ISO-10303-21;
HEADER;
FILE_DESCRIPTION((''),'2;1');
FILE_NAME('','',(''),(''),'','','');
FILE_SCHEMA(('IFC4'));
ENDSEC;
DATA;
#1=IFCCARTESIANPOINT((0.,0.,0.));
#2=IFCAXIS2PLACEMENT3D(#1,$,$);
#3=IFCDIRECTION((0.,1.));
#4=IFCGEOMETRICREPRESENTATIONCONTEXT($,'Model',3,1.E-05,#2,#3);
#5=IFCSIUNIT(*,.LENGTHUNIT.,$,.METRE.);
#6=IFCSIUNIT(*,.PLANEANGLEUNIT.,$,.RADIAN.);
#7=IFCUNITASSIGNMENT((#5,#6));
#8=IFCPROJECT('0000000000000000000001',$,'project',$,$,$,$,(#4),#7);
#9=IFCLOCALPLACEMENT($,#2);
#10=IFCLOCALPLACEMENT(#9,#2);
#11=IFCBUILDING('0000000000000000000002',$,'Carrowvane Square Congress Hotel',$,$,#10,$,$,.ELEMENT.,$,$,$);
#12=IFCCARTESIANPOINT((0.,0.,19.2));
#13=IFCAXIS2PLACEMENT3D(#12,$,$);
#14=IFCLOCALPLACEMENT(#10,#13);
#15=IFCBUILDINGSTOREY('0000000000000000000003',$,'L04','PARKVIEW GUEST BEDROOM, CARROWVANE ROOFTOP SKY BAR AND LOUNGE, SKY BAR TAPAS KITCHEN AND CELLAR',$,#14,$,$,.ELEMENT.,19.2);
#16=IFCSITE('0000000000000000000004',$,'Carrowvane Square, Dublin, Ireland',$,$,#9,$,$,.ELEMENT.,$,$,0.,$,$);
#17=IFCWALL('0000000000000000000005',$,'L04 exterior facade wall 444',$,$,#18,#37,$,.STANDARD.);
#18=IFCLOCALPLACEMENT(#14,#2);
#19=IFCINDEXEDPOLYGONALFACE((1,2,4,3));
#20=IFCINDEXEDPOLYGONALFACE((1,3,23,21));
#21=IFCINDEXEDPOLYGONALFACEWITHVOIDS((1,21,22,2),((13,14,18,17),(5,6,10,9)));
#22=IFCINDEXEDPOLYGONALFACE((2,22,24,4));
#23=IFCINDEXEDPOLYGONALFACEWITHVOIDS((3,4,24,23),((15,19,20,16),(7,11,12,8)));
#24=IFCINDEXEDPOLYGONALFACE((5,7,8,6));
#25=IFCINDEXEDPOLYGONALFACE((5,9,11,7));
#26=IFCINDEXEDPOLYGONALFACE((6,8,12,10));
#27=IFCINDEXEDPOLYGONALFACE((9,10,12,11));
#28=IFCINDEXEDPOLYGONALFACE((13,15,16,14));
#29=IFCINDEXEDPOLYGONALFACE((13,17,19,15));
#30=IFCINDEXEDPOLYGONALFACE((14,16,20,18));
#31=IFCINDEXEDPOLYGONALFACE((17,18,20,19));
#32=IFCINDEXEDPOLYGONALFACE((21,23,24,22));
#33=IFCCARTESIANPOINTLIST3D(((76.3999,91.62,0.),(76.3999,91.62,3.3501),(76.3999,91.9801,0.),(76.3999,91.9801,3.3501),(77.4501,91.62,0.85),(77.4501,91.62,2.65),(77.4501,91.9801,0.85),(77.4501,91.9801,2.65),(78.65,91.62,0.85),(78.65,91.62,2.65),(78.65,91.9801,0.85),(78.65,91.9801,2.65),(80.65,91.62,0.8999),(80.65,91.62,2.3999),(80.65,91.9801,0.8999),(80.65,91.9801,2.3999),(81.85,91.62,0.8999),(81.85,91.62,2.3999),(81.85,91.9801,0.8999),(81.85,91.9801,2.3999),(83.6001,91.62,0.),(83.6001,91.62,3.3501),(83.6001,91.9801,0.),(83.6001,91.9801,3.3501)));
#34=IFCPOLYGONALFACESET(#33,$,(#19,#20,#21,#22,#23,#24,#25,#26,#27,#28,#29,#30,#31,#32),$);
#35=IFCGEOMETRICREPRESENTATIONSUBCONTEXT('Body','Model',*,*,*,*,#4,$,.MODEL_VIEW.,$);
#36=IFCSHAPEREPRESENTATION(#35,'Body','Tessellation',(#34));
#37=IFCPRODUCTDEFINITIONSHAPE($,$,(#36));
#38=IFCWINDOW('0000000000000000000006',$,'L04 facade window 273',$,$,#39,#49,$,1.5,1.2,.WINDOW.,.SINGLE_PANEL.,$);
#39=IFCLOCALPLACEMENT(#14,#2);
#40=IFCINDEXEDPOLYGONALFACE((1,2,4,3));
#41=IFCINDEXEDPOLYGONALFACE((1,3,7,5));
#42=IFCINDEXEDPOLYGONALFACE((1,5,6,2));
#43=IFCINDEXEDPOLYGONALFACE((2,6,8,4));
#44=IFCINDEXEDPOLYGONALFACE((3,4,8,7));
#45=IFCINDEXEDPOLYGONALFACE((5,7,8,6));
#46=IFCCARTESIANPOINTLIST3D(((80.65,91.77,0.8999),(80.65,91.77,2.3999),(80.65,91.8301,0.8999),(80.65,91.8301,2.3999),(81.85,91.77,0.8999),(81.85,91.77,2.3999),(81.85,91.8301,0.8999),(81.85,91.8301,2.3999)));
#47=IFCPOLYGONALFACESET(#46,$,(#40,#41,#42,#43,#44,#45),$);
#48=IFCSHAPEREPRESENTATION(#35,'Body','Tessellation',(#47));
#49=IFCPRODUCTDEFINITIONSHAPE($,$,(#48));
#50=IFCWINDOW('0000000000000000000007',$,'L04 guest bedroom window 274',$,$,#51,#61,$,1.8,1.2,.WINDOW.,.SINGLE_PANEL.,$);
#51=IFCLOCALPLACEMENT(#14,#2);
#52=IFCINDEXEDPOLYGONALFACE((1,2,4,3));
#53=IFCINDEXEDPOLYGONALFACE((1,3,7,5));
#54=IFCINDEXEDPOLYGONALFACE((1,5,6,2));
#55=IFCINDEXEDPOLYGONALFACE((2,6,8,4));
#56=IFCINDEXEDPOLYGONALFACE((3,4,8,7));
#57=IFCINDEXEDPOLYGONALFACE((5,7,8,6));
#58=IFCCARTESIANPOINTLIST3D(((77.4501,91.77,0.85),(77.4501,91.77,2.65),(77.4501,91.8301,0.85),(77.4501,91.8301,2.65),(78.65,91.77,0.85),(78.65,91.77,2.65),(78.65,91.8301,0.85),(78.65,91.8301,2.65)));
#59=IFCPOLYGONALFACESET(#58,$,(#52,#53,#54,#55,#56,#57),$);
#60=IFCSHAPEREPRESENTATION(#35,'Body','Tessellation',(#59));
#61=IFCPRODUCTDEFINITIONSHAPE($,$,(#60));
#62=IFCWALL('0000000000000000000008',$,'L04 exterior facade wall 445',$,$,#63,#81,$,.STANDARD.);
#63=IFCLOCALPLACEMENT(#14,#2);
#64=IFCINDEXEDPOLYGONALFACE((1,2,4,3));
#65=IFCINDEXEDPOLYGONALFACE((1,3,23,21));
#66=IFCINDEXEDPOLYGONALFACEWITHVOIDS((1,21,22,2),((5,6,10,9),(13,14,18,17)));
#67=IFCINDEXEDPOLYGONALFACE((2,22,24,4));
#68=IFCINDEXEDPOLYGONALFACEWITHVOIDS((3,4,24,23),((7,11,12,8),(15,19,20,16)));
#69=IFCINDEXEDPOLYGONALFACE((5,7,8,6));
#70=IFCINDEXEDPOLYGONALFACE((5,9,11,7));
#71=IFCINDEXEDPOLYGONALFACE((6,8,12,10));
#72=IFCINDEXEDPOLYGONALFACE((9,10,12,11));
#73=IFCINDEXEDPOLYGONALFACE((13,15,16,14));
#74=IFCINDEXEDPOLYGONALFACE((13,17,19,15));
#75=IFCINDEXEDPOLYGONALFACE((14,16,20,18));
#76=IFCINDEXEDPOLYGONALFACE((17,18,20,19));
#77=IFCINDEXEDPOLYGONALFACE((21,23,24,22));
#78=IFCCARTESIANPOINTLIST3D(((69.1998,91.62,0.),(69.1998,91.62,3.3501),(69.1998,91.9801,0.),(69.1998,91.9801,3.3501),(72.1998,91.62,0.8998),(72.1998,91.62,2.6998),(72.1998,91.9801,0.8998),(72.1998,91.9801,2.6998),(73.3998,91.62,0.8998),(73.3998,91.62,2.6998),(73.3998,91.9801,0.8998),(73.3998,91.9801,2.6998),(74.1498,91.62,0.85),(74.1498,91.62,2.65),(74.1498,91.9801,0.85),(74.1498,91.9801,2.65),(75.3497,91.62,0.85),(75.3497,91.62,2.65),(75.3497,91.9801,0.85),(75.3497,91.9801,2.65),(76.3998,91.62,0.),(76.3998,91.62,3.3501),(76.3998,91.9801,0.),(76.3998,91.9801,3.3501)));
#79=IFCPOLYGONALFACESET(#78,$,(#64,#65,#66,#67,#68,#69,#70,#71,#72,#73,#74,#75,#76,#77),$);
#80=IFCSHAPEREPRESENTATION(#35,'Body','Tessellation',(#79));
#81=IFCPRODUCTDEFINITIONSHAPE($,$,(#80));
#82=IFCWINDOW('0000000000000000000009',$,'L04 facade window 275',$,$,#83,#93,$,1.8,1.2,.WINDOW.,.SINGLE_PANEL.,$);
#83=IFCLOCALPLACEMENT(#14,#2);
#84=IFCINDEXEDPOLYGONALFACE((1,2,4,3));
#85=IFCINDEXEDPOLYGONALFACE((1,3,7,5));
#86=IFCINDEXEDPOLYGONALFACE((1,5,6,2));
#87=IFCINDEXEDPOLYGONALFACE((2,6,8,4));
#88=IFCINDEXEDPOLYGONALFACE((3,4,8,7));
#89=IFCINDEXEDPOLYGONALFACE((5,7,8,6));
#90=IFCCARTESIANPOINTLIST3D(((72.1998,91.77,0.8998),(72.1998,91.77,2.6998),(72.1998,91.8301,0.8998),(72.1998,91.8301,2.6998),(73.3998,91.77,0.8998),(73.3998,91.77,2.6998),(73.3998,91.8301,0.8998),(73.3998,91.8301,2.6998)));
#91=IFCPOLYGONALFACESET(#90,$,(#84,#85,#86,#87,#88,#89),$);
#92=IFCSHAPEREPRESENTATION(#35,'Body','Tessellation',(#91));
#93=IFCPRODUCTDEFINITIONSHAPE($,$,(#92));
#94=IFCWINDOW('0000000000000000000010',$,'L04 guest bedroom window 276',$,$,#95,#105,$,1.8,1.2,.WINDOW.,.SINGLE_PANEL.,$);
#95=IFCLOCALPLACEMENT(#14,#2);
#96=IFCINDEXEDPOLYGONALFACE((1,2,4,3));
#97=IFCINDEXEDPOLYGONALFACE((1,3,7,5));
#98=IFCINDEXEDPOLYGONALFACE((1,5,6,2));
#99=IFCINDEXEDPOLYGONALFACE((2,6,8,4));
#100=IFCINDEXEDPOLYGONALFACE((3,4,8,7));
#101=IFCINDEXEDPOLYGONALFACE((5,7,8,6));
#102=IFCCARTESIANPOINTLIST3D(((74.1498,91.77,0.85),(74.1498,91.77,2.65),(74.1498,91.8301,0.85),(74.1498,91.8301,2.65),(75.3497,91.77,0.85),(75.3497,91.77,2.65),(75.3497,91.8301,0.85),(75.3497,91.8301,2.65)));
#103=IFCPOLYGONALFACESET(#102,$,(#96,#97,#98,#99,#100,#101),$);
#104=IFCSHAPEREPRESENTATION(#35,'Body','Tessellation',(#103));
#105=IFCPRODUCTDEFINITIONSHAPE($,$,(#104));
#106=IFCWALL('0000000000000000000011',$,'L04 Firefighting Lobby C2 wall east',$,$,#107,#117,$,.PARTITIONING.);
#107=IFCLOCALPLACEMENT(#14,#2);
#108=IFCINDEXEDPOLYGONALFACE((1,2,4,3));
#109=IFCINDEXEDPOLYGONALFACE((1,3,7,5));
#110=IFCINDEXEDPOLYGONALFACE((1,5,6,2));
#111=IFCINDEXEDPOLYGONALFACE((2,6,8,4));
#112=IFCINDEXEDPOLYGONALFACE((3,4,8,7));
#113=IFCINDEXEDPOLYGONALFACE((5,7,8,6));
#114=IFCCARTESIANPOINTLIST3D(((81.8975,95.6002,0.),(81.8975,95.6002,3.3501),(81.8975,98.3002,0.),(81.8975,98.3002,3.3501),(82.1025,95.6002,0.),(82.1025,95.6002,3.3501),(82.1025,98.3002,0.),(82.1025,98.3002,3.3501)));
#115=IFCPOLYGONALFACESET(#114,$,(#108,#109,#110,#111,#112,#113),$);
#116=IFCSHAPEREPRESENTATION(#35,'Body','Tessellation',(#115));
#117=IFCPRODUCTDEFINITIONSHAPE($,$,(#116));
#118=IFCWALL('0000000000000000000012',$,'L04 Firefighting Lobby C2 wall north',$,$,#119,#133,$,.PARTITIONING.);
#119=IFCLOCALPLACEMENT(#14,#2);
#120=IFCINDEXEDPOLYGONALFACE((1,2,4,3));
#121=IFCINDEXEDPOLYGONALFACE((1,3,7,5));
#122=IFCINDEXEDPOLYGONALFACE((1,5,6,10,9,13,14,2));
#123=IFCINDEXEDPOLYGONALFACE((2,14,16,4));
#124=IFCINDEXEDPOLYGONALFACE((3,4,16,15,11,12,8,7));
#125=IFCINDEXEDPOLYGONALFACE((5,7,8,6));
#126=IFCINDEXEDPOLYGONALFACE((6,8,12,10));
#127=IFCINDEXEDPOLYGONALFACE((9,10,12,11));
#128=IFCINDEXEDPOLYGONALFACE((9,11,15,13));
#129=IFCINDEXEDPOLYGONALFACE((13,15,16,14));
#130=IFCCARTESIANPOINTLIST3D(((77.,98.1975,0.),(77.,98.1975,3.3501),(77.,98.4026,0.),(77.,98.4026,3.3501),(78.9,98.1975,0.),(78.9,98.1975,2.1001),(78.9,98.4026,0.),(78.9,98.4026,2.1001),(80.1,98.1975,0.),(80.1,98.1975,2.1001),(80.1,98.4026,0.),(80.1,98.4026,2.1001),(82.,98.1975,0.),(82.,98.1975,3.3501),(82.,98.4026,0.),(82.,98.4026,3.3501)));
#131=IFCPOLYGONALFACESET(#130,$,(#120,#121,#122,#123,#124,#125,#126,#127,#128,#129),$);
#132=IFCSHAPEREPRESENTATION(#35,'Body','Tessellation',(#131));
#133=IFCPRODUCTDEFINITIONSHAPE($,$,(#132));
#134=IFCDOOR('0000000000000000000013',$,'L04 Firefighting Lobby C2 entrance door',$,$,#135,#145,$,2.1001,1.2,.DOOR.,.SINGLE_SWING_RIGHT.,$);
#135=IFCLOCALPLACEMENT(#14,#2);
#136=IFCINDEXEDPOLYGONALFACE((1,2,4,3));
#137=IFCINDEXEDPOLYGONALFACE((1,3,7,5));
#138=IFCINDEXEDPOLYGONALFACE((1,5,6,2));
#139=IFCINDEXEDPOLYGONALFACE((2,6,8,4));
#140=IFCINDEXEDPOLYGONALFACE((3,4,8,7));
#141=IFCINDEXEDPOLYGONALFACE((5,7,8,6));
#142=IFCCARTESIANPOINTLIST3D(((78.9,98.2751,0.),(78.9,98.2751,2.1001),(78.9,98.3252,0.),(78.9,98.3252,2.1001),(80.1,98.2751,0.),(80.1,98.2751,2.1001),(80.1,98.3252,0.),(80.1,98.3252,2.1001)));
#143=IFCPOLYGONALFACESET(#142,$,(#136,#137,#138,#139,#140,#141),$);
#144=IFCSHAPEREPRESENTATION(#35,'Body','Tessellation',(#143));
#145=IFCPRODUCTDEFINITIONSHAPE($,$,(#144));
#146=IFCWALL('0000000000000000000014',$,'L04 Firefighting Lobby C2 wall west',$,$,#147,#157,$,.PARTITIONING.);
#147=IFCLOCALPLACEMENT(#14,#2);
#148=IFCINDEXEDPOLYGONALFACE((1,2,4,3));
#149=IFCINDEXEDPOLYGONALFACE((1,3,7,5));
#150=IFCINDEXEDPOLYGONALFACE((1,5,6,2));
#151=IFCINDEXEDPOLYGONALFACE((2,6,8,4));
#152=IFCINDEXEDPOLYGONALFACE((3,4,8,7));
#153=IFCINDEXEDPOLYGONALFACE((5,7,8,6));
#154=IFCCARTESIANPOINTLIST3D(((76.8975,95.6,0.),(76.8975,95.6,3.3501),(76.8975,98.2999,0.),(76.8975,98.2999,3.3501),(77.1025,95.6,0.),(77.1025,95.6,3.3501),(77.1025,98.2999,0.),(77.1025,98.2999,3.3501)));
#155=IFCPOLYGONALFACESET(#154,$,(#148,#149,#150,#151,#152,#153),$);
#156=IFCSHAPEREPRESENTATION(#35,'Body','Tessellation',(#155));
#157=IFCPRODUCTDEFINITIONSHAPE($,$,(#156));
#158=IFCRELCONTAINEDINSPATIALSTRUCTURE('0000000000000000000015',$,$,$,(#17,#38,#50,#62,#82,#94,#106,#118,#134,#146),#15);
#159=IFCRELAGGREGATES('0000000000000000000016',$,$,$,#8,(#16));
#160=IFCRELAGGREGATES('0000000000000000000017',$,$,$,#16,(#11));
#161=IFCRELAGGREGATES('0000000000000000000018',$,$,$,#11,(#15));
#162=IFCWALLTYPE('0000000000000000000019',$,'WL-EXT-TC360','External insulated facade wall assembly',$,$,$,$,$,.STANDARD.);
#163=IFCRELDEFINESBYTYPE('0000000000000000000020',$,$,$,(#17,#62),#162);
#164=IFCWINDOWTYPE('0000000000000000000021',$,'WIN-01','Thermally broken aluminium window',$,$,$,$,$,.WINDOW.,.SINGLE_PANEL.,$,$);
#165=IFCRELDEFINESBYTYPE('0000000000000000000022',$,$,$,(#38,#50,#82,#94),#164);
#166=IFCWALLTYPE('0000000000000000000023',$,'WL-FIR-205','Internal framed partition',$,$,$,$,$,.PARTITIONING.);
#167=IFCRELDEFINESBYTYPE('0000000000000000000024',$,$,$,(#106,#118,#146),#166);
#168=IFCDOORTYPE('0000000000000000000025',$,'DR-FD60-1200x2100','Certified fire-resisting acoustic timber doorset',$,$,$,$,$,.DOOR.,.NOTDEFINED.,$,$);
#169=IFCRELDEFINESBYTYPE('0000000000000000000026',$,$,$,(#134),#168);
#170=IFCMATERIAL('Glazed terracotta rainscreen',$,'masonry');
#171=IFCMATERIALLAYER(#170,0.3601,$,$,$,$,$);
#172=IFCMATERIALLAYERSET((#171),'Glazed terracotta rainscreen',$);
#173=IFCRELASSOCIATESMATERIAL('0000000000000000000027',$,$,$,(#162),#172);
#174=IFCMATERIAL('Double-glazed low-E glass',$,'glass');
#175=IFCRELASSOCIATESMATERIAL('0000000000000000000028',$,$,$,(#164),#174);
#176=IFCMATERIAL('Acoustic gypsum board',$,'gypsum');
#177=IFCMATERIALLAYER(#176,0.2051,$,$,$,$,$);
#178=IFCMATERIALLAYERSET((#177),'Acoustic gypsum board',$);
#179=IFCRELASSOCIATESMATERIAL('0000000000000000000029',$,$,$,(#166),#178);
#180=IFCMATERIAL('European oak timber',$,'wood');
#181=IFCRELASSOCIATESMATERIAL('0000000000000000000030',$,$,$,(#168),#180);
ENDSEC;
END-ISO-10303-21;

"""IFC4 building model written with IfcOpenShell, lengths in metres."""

from ifc_helpers import new_model, si_unit, direction, frame, frame_2d, origin, place, context, subcontext, project, spatial, rectangle, extrude, material, layer, layer_set, type_object, element, fill, save


model = new_model("IFC4")

# Units and contexts
model_context = context("Model", 3, precision=1e-05, world=origin(), true_north=direction((0.0, 1.0)))
body_context = subcontext(model_context, "Body", "Model", "MODEL_VIEW")
ifc_project = project(units=[si_unit("LENGTHUNIT", "METRE"), si_unit("PLANEANGLEUNIT", "RADIAN")], contexts=[model_context])

# Site, building, storey
site_placement = place(None, origin())
site = spatial("IfcSite", under=ifc_project, at=site_placement, Name="Carrowvane Square, Dublin, Ireland", CompositionType="ELEMENT", RefElevation=0.0)
building_placement = place(site_placement, origin())
building = spatial("IfcBuilding", under=site, at=building_placement, Name="Carrowvane Square Congress Hotel", CompositionType="ELEMENT")
storey_placement = place(building_placement, frame((0.0, 0.0, 19.2)))
storey = spatial("IfcBuildingStorey", under=building, at=storey_placement, Name="L04", Description="PARKVIEW GUEST BEDROOM, CARROWVANE ROOFTOP SKY BAR AND LOUNGE, SKY BAR TAPAS KITCHEN AND CELLAR", CompositionType="ELEMENT", Elevation=19.2)

# Walls, openings, windows
ifc_material_1 = material(Name="Glazed terracotta rainscreen", Category="masonry")
ifc_layer_1 = layer(ifc_material_1, 0.3601)
ifc_layer_set_1 = layer_set([ifc_layer_1], Name="Glazed terracotta rainscreen")
wall_type_1 = type_object("IfcWallType", Name="WL-EXT-TC360", Description="External insulated facade wall assembly", PredefinedType="STANDARD", material=ifc_layer_set_1)
wall_1_placement = place(storey_placement, frame((83.6001, 91.8, 0.0), z_axis=(0.0, 0.0, 1.0), x_axis=(-1.0, 0.0, 0.0)))
wall_1 = element("IfcWall", 1, at=wall_1_placement, inside=storey, type_object=wall_type_1, Name="L04 exterior facade wall 444", PredefinedType="STANDARD", context=body_context, shape_type="SweptSolid", body=[
    extrude(rectangle(XDim=7.2002, YDim=0.3601, at=frame_2d((3.6001, 0.0))), origin(), (0.0, 0.0, 1.0), 3.3501),
])
opening_1_placement = place(wall_1_placement, frame((1.75, 0.0, 0.8999)))
opening_1 = element("IfcOpeningElement", 2, at=opening_1_placement, cuts=wall_1, PredefinedType="OPENING", context=body_context, shape_type="SweptSolid", body=[
    extrude(rectangle(XDim=1.2, YDim=1.5, at=frame_2d((0.6001, 0.75))), frame((0.0, 0.1899, 0.0), z_axis=(0.0, -1.0, 0.0), x_axis=(1.0, 0.0, 0.0)), (0.0, 0.0, 1.0), 0.3801),
])
opening_2_placement = place(wall_1_placement, frame((4.95, 0.0, 0.8501)))
opening_2 = element("IfcOpeningElement", 3, at=opening_2_placement, cuts=wall_1, PredefinedType="OPENING", context=body_context, shape_type="SweptSolid", body=[
    extrude(rectangle(XDim=1.2, YDim=1.8, at=frame_2d((0.6001, 0.8999))), frame((0.0, 0.1899, 0.0), z_axis=(0.0, -1.0, 0.0), x_axis=(1.0, 0.0, 0.0)), (0.0, 0.0, 1.0), 0.3801),
])
ifc_material_2 = material(Name="Double-glazed low-E glass", Category="glass")
window_type = type_object("IfcWindowType", Name="WIN-01", Description="Thermally broken aluminium window", PartitioningType="SINGLE_PANEL", PredefinedType="WINDOW", material=ifc_material_2)
window_1_placement = place(opening_1_placement, origin())
window_1 = element("IfcWindow", 4, at=window_1_placement, inside=storey, type_object=window_type, Name="L04 facade window 273", OverallHeight=1.5, OverallWidth=1.2, PartitioningType="SINGLE_PANEL", PredefinedType="WINDOW", context=body_context, shape_type="SweptSolid", body=[
    extrude(rectangle(XDim=1.2, YDim=1.5, at=frame_2d((0.6001, 0.75))), frame((0.0, 0.03, 0.0), z_axis=(0.0, -1.0, 0.0), x_axis=(1.0, 0.0, 0.0)), (0.0, 0.0, 1.0), 0.0601),
])
fill(opening_1, window_1)
window_2_placement = place(opening_2_placement, origin())
window_2 = element("IfcWindow", 5, at=window_2_placement, inside=storey, type_object=window_type, Name="L04 guest bedroom window 274", OverallHeight=1.8, OverallWidth=1.2, PartitioningType="SINGLE_PANEL", PredefinedType="WINDOW", context=body_context, shape_type="SweptSolid", body=[
    extrude(rectangle(XDim=1.2, YDim=1.8, at=frame_2d((0.6001, 0.8999))), frame((0.0, 0.03, 0.0), z_axis=(0.0, -1.0, 0.0), x_axis=(1.0, 0.0, 0.0)), (0.0, 0.0, 1.0), 0.0601),
])
fill(opening_2, window_2)
wall_2_placement = place(storey_placement, frame((76.3999, 91.8, 0.0), z_axis=(0.0, 0.0, 1.0), x_axis=(-1.0, 0.0, 0.0)))
wall_2 = element("IfcWall", 6, at=wall_2_placement, inside=storey, type_object=wall_type_1, Name="L04 exterior facade wall 445", PredefinedType="STANDARD", context=body_context, shape_type="SweptSolid", body=[
    extrude(rectangle(XDim=7.2, YDim=0.3601, at=frame_2d((3.6001, 0.0))), origin(), (0.0, 0.0, 1.0), 3.3501),
])
opening_3_placement = place(wall_2_placement, frame((3.0, 0.0, 0.8999)))
opening_3 = element("IfcOpeningElement", 7, at=opening_3_placement, cuts=wall_2, PredefinedType="OPENING", context=body_context, shape_type="SweptSolid", body=[
    extrude(rectangle(XDim=1.2, YDim=1.8, at=frame_2d((0.6001, 0.8999))), frame((0.0, 0.1899, 0.0), z_axis=(0.0, -1.0, 0.0), x_axis=(1.0, 0.0, 0.0)), (0.0, 0.0, 1.0), 0.3801),
])
opening_4_placement = place(wall_2_placement, frame((1.05, 0.0, 0.8501)))
opening_4 = element("IfcOpeningElement", 8, at=opening_4_placement, cuts=wall_2, PredefinedType="OPENING", context=body_context, shape_type="SweptSolid", body=[
    extrude(rectangle(XDim=1.2, YDim=1.8, at=frame_2d((0.6001, 0.8999))), frame((0.0, 0.1899, 0.0), z_axis=(0.0, -1.0, 0.0), x_axis=(1.0, 0.0, 0.0)), (0.0, 0.0, 1.0), 0.3801),
])
window_3_placement = place(opening_3_placement, origin())
window_3 = element("IfcWindow", 9, at=window_3_placement, inside=storey, type_object=window_type, Name="L04 facade window 275", OverallHeight=1.8, OverallWidth=1.2, PartitioningType="SINGLE_PANEL", PredefinedType="WINDOW", context=body_context, shape_type="SweptSolid", body=[
    extrude(rectangle(XDim=1.2, YDim=1.8, at=frame_2d((0.6001, 0.8999))), frame((0.0, 0.03, 0.0), z_axis=(0.0, -1.0, 0.0), x_axis=(1.0, 0.0, 0.0)), (0.0, 0.0, 1.0), 0.0601),
])
fill(opening_3, window_3)
window_4_placement = place(opening_4_placement, origin())
window_4 = element("IfcWindow", 10, at=window_4_placement, inside=storey, type_object=window_type, Name="L04 guest bedroom window 276", OverallHeight=1.8, OverallWidth=1.2, PartitioningType="SINGLE_PANEL", PredefinedType="WINDOW", context=body_context, shape_type="SweptSolid", body=[
    extrude(rectangle(XDim=1.2, YDim=1.8, at=frame_2d((0.6001, 0.8999))), frame((0.0, 0.03, 0.0), z_axis=(0.0, -1.0, 0.0), x_axis=(1.0, 0.0, 0.0)), (0.0, 0.0, 1.0), 0.0601),
])
fill(opening_4, window_4)

# Wall
ifc_material_3 = material(Name="Acoustic gypsum board", Category="gypsum")
ifc_layer_2 = layer(ifc_material_3, 0.2051)
ifc_layer_set_2 = layer_set([ifc_layer_2], Name="Acoustic gypsum board")
wall_type_2 = type_object("IfcWallType", Name="WL-FIR-205", Description="Internal framed partition", PredefinedType="PARTITIONING", material=ifc_layer_set_2)
wall_3_placement = place(storey_placement, frame((82.0, 95.6001, 0.0), z_axis=(0.0, 0.0, 1.0), x_axis=(0.0, 1.0, 0.0)))
element("IfcWall", 11, at=wall_3_placement, inside=storey, type_object=wall_type_2, Name="L04 Firefighting Lobby C2 wall east", PredefinedType="PARTITIONING", context=body_context, shape_type="SweptSolid", body=[
    extrude(rectangle(XDim=2.7, YDim=0.2051, at=frame_2d((1.3501, 0.0))), origin(), (0.0, 0.0, 1.0), 3.3501),
])

# Wall, opening, door
wall_4_placement = place(storey_placement, frame((82.0, 98.3, 0.0), z_axis=(0.0, 0.0, 1.0), x_axis=(-1.0, 0.0, 0.0)))
wall_4 = element("IfcWall", 12, at=wall_4_placement, inside=storey, type_object=wall_type_2, Name="L04 Firefighting Lobby C2 wall north", PredefinedType="PARTITIONING", context=body_context, shape_type="SweptSolid", body=[
    extrude(rectangle(XDim=5.0, YDim=0.2051, at=frame_2d((2.5, 0.0))), origin(), (0.0, 0.0, 1.0), 3.3501),
])
opening_5_placement = place(wall_4_placement, frame((1.8999, 0.0, 0.0)))
opening_5 = element("IfcOpeningElement", 13, at=opening_5_placement, cuts=wall_4, PredefinedType="OPENING", context=body_context, shape_type="SweptSolid", body=[
    extrude(rectangle(XDim=1.2, YDim=2.1001, at=frame_2d((0.6001, 1.05))), frame((0.0, 0.1125, 0.0), z_axis=(0.0, -1.0, 0.0), x_axis=(1.0, 0.0, 0.0)), (0.0, 0.0, 1.0), 0.2251),
])
ifc_material_4 = material(Name="European oak timber", Category="wood")
door_type_1 = type_object("IfcDoorType", Name="DR-FD60-1200x2100", Description="Certified fire-resisting acoustic timber doorset", OperationType="NOTDEFINED", PredefinedType="DOOR", material=ifc_material_4)
door_1_placement = place(opening_5_placement, origin())
door_1 = element("IfcDoor", 14, at=door_1_placement, inside=storey, type_object=door_type_1, Name="L04 Firefighting Lobby C2 entrance door", OperationType="SINGLE_SWING_RIGHT", OverallHeight=2.1001, OverallWidth=1.2, PredefinedType="DOOR", context=body_context, shape_type="SweptSolid", body=[
    extrude(rectangle(XDim=1.2, YDim=2.1001, at=frame_2d((0.6001, 1.05))), frame((0.0, 0.0249, 0.0), z_axis=(0.0, -1.0, 0.0), x_axis=(1.0, 0.0, 0.0)), (0.0, 0.0, 1.0), 0.05),
])
fill(opening_5, door_1)

# Wall
wall_5_placement = place(storey_placement, frame((77.0, 98.3, 0.0), z_axis=(0.0, 0.0, 1.0), x_axis=(0.0, -1.0, 0.0)))
element("IfcWall", 15, at=wall_5_placement, inside=storey, type_object=wall_type_2, Name="L04 Firefighting Lobby C2 wall west", PredefinedType="PARTITIONING", context=body_context, shape_type="SweptSolid", body=[
    extrude(rectangle(XDim=2.7, YDim=0.2051, at=frame_2d((1.3501, 0.0))), origin(), (0.0, 0.0, 1.0), 3.3501),
])

save(model, "model.ifc")
